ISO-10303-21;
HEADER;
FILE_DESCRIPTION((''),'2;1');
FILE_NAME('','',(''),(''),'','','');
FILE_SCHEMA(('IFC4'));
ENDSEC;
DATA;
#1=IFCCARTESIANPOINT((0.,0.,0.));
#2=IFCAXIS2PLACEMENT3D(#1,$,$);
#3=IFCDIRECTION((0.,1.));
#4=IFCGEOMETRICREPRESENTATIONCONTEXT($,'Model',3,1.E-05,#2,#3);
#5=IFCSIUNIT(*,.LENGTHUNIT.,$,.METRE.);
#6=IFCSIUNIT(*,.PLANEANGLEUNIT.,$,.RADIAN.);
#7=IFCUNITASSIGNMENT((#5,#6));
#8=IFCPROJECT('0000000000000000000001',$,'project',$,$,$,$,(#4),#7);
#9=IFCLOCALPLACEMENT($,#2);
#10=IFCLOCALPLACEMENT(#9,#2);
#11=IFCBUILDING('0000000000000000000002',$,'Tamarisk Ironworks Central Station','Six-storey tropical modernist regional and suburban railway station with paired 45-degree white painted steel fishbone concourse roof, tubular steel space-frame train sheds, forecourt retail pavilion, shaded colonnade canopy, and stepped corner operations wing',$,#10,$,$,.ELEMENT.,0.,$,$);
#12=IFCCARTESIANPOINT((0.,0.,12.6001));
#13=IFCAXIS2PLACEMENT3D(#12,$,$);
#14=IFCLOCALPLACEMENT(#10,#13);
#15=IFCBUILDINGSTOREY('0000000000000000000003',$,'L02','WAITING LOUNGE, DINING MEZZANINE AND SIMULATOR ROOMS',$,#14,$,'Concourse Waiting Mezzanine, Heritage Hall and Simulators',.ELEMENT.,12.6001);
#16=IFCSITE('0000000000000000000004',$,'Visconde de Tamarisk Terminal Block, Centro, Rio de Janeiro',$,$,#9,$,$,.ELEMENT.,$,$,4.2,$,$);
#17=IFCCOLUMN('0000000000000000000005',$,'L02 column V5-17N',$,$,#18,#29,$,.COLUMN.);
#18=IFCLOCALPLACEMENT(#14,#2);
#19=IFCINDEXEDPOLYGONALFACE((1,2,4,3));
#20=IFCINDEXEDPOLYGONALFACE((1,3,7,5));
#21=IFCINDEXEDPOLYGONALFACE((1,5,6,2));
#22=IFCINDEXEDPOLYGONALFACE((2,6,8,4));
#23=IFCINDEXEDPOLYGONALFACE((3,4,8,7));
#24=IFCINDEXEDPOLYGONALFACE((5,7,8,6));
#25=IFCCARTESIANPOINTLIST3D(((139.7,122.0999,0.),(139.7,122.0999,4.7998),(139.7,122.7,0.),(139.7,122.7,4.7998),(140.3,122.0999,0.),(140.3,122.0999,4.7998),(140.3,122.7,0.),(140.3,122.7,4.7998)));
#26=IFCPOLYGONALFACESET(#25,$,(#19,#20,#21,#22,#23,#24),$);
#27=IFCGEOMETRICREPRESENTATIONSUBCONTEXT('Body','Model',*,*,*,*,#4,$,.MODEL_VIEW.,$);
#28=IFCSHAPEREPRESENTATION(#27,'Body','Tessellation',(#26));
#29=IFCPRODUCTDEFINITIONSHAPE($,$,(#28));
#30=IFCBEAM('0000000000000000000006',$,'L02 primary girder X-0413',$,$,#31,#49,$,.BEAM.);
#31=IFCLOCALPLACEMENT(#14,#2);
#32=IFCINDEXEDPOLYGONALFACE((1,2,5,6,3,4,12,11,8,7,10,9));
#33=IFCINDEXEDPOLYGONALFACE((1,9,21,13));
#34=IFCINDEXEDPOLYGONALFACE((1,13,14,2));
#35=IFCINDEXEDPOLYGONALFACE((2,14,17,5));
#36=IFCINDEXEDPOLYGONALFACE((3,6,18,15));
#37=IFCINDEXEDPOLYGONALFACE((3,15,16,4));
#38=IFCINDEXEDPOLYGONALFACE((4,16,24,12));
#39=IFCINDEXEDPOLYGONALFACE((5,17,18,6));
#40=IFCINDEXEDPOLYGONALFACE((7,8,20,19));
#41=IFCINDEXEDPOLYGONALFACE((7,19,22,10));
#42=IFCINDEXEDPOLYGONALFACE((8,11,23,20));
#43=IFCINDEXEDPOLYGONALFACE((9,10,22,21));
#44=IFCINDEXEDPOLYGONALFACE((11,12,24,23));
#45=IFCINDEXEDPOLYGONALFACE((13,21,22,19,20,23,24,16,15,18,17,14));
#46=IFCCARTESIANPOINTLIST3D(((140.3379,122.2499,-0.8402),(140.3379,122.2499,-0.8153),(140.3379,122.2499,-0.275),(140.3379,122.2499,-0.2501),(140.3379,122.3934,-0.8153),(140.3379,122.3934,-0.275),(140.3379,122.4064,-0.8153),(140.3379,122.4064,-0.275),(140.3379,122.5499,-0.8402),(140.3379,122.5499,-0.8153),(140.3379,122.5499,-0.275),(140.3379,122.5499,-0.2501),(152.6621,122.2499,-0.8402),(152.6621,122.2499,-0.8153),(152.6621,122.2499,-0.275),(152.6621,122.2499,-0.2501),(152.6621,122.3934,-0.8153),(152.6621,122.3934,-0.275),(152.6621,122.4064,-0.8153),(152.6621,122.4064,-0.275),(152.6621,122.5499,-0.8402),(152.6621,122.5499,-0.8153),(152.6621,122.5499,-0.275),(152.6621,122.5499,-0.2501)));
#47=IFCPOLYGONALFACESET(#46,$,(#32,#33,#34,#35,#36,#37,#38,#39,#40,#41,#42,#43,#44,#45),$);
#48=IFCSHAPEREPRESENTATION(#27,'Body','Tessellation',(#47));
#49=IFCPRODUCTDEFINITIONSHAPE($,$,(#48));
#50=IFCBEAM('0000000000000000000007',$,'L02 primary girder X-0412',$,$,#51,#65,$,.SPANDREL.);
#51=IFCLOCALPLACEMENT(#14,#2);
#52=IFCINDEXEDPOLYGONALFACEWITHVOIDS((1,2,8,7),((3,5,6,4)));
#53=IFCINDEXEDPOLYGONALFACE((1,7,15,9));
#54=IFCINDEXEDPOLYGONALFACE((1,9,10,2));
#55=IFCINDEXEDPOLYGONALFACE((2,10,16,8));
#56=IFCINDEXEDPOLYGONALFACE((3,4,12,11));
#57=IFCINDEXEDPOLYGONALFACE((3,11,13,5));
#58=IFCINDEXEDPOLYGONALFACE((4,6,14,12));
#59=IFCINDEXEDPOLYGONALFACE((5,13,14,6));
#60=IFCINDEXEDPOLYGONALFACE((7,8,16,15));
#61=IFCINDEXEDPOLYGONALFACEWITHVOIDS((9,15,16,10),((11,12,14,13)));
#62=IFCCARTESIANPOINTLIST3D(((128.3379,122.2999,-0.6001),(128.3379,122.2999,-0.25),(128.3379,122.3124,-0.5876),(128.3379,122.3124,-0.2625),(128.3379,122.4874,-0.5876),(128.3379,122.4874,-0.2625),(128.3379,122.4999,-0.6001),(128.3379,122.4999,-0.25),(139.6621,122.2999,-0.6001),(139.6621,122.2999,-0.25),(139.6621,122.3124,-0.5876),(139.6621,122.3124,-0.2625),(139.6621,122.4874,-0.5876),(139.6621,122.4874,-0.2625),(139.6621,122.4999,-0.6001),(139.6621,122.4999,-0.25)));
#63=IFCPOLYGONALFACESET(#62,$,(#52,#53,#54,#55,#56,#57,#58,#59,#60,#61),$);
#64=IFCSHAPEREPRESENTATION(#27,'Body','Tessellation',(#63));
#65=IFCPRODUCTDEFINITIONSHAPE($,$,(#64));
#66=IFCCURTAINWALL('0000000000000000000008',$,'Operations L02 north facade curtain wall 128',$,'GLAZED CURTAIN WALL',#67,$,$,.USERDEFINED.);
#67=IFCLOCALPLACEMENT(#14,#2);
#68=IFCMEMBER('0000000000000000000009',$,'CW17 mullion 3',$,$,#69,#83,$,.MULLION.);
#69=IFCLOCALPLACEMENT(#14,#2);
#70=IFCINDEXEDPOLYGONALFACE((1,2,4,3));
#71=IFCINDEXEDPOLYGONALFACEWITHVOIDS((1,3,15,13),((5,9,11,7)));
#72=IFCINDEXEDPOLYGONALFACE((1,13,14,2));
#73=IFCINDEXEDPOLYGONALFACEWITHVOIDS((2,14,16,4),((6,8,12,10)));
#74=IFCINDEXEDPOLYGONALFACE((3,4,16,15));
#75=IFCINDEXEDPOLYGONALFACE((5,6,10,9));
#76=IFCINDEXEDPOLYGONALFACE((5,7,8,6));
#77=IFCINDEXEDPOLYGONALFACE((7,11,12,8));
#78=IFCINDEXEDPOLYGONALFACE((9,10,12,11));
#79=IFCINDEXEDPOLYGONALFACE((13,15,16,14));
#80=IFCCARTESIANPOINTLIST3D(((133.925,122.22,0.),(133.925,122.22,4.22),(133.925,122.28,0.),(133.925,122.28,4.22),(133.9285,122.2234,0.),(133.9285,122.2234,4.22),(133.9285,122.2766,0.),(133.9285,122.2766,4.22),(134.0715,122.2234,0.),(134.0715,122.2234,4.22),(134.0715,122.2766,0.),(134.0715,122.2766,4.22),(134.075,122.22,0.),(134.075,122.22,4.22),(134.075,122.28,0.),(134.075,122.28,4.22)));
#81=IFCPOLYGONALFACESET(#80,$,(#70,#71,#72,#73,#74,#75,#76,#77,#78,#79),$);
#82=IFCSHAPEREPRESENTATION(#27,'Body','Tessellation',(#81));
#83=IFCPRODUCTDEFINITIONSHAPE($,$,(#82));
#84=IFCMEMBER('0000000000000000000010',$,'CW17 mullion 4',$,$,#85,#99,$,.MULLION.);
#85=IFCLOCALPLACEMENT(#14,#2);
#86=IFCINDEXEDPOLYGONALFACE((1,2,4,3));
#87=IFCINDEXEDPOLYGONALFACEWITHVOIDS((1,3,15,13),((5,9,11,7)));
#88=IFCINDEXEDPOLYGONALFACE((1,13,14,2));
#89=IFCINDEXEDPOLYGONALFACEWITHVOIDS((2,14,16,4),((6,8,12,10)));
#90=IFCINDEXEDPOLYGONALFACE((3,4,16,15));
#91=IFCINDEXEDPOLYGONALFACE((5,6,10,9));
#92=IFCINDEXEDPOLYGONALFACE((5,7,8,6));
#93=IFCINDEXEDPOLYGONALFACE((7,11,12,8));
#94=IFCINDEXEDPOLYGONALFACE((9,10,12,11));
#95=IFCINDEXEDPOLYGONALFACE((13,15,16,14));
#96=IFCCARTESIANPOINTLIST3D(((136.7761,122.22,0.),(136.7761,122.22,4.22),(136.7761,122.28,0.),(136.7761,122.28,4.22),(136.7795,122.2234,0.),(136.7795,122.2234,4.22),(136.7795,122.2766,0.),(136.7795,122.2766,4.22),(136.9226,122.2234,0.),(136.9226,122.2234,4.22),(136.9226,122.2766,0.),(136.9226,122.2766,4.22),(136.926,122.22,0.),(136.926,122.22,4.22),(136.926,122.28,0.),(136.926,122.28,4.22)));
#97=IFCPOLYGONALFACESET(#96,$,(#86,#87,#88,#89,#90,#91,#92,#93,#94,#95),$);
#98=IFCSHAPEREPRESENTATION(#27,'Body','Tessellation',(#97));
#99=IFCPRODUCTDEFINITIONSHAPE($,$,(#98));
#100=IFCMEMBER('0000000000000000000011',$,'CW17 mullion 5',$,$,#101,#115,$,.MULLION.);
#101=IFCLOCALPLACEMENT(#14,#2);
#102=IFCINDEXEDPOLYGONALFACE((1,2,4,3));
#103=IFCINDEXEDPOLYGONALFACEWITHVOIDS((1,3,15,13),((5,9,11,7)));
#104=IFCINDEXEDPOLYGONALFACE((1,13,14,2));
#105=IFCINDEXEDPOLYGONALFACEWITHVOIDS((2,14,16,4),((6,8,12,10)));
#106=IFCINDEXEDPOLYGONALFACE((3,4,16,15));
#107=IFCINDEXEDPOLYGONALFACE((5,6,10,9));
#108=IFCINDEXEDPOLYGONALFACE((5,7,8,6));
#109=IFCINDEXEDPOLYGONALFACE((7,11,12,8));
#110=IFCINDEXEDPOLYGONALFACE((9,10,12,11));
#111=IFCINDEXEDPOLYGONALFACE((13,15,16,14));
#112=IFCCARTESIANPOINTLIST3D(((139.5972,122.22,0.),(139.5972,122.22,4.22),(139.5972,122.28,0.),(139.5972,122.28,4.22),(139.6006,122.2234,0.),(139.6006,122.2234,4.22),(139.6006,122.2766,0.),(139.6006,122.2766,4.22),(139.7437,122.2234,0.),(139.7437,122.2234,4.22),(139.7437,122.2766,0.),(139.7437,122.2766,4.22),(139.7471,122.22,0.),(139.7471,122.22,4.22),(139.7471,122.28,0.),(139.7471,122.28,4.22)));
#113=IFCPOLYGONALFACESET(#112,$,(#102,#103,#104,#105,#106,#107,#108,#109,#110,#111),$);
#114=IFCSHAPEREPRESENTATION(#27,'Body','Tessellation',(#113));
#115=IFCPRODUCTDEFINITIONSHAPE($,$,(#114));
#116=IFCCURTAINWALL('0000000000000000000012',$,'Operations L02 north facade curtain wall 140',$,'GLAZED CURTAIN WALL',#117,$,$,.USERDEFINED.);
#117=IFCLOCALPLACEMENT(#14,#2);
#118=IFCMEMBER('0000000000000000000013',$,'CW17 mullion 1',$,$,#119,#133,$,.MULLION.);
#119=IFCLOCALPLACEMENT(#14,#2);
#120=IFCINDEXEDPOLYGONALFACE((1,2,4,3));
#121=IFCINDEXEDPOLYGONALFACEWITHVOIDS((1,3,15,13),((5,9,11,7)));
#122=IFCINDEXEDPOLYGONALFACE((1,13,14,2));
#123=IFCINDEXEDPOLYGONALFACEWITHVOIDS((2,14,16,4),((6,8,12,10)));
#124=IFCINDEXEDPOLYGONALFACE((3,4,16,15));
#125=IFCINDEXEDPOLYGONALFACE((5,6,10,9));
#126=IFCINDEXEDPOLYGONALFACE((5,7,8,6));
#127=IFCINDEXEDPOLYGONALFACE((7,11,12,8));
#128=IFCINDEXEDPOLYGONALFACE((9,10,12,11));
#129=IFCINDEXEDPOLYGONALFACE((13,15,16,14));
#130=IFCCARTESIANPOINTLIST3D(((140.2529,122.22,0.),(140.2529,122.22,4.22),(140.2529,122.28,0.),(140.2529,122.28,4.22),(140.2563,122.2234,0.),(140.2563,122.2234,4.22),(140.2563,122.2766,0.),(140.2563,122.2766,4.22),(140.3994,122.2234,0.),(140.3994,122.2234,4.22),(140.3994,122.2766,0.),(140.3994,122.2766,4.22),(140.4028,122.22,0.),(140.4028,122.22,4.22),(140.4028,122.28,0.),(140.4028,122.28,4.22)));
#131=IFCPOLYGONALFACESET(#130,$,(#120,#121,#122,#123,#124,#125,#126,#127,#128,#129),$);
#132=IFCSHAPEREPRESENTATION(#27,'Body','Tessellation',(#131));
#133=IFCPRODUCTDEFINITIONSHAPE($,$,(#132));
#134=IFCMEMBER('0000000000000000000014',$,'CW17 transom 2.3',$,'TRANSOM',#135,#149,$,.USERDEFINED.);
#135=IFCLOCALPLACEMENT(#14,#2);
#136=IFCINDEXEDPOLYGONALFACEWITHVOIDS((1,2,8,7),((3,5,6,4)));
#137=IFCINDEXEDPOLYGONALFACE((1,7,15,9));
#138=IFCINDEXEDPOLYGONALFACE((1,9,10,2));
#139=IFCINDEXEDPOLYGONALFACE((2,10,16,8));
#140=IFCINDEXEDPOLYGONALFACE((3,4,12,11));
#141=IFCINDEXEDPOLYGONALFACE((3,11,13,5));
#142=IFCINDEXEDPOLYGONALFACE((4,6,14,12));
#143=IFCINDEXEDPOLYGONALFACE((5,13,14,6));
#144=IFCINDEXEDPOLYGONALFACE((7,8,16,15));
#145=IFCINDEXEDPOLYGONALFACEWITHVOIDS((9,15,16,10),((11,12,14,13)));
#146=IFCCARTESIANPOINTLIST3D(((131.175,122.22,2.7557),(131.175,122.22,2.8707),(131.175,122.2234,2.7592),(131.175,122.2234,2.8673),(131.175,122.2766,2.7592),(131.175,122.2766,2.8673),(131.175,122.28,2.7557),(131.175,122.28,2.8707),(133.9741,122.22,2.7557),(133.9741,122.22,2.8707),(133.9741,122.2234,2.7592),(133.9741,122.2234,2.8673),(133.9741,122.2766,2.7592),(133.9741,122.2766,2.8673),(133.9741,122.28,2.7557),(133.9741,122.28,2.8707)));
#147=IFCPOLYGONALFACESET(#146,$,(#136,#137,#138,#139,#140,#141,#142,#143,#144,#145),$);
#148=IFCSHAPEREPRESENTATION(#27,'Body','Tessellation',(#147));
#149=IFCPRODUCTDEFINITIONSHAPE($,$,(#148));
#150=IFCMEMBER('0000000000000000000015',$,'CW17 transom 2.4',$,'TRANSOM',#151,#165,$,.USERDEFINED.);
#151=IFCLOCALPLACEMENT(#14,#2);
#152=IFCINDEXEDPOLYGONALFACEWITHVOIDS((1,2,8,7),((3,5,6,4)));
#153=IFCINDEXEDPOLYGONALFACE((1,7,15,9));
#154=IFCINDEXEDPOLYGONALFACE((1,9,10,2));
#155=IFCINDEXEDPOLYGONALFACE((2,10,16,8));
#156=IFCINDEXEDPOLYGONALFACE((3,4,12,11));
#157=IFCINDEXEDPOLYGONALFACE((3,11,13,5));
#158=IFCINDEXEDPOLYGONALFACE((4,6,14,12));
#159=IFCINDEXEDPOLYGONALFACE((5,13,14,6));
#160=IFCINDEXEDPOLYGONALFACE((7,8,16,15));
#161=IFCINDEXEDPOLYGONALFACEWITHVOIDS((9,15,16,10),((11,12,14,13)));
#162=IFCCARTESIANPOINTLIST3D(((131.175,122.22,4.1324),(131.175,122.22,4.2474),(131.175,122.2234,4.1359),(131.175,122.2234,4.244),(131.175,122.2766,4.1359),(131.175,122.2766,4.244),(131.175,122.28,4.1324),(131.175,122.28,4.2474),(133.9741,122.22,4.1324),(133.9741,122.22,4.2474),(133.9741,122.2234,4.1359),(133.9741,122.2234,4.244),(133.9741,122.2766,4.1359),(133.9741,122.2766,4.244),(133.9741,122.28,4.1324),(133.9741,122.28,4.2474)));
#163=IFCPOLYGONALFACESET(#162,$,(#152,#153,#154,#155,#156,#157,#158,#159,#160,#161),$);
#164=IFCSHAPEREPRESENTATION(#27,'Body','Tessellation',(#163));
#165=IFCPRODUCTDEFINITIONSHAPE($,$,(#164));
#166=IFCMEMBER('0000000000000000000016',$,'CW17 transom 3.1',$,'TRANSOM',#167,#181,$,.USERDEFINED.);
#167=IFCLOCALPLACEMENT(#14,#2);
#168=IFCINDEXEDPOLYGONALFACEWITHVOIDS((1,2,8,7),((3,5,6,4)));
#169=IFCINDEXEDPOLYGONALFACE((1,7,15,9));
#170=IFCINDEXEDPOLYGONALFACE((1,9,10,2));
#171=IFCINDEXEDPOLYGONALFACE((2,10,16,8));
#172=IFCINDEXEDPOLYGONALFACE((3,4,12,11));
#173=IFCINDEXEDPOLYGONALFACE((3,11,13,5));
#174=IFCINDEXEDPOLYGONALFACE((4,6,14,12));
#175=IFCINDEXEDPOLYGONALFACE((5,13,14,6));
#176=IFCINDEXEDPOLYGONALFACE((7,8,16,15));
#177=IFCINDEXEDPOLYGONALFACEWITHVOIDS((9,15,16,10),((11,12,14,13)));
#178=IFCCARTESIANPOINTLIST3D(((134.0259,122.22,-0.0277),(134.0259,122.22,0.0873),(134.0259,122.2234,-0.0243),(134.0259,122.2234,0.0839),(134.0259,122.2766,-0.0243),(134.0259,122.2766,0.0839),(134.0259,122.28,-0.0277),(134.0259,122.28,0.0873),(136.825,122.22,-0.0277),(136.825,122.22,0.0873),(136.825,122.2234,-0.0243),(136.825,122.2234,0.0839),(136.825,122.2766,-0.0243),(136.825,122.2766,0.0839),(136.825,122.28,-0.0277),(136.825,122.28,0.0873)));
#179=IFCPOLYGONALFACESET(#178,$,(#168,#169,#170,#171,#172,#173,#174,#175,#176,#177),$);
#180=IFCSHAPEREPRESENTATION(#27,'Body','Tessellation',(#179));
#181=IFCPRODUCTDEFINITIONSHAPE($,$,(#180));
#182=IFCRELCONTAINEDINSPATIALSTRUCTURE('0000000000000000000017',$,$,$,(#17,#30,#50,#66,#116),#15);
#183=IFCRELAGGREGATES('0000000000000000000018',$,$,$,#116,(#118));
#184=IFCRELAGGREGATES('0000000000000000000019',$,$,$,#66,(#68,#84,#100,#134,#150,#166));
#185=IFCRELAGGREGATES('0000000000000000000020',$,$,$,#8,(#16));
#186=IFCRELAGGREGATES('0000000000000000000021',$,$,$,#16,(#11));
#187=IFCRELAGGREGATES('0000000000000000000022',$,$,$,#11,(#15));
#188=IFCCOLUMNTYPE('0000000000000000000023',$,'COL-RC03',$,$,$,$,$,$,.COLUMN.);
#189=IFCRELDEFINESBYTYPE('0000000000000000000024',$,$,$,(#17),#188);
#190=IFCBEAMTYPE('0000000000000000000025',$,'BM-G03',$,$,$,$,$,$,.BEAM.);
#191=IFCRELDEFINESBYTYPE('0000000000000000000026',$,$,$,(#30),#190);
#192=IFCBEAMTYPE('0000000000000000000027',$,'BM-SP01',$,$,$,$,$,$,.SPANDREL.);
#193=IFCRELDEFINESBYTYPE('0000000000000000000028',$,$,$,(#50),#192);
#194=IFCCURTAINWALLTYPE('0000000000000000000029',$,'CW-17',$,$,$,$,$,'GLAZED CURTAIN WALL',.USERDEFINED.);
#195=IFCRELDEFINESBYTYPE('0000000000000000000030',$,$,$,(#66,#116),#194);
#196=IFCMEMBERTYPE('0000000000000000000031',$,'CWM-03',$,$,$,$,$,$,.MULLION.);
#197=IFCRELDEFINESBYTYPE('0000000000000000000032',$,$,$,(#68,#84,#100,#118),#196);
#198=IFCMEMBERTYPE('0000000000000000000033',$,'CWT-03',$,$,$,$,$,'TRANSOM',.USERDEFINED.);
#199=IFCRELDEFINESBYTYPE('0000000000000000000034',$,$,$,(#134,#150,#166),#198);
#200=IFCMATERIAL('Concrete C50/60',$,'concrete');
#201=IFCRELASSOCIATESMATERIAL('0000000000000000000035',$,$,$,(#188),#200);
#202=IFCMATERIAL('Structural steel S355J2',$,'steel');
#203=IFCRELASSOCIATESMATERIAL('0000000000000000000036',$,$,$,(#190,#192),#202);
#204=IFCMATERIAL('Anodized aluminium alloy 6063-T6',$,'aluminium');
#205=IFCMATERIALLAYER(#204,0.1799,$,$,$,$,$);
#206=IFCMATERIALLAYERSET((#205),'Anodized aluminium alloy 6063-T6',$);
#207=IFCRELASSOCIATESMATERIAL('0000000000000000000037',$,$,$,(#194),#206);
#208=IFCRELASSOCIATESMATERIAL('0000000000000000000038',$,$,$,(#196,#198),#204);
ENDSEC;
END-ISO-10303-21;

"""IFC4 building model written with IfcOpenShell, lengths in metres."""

from ifc_helpers import new_model, si_unit, direction, frame, origin, origin_2d, place, context, subcontext, project, spatial, rectangle, hollow_rectangle, i_section, extrude, material, layer, layer_set, material_profile, profile_set, type_object, element, aggregate, save


model = new_model("IFC4")

# Units and contexts
model_context = context("Model", 3, precision=1e-05, world=origin(), true_north=direction((0.0, 1.0)))
body_context = subcontext(model_context, "Body", "Model", "MODEL_VIEW")
ifc_project = project(units=[si_unit("LENGTHUNIT", "METRE"), si_unit("PLANEANGLEUNIT", "RADIAN")], contexts=[model_context])

# Site, building, storey
site_placement = place(None, origin())
site = spatial("IfcSite", under=ifc_project, at=site_placement, Name="Visconde de Tamarisk Terminal Block, Centro, Rio de Janeiro", CompositionType="ELEMENT", RefElevation=4.2)
building_placement = place(site_placement, origin())
building = spatial("IfcBuilding", under=site, at=building_placement, Name="Tamarisk Ironworks Central Station", Description="Six-storey tropical modernist regional and suburban railway station with paired 45-degree white painted steel fishbone concourse roof, tubular steel space-frame train sheds, forecourt retail pavilion, shaded colonnade canopy, and stepped corner operations wing", CompositionType="ELEMENT", ElevationOfRefHeight=0.0)
storey_placement = place(building_placement, frame((0.0, 0.0, 12.6001)))
storey = spatial("IfcBuildingStorey", under=building, at=storey_placement, Name="L02", Description="WAITING LOUNGE, DINING MEZZANINE AND SIMULATOR ROOMS", LongName="Concourse Waiting Mezzanine, Heritage Hall and Simulators", CompositionType="ELEMENT", Elevation=12.6001)

# Column
ifc_material_1 = material(Name="Concrete C50/60", Category="concrete")
ifc_material_profile_1 = material_profile(ifc_material_1, rectangle(XDim=0.6001, YDim=0.6001, at=origin_2d()), Name="RC 600x600")
ifc_profile_set_1 = profile_set([ifc_material_profile_1], Name="Concrete C50/60")
column_type = type_object("IfcColumnType", Name="COL-RC03", PredefinedType="COLUMN", material=ifc_profile_set_1)
column_placement = place(storey_placement, frame((140.0, 122.3999, 0.0), z_axis=(0.0, 0.0, 1.0), x_axis=(1.0, 0.0, 0.0)))
element("IfcColumn", 1, at=column_placement, inside=storey, type_object=column_type, Name="L02 column V5-17N", PredefinedType="COLUMN", context=body_context, shape_type="SweptSolid", body=[
    extrude(rectangle(XDim=0.6001, YDim=0.6001, at=origin_2d()), origin(), (0.0, 0.0, 1.0), 4.7998),
])

# Beams
ifc_material_2 = material(Name="Structural steel S355J2", Category="steel")
ifc_material_profile_2 = material_profile(ifc_material_2, i_section(OverallWidth=0.3, OverallDepth=0.5901, WebThickness=0.0129, FlangeThickness=0.0249, at=origin_2d()), Name="HEA 600")
ifc_profile_set_2 = profile_set([ifc_material_profile_2], Name="Structural steel S355J2")
beam_type_1 = type_object("IfcBeamType", Name="BM-G03", PredefinedType="BEAM", material=ifc_profile_set_2)
beam_1_placement = place(storey_placement, frame((140.3379, 122.3999, -0.5452), z_axis=(1.0, 0.0, 0.0), x_axis=(0.0, 1.0, 0.0)))
element("IfcBeam", 2, at=beam_1_placement, inside=storey, type_object=beam_type_1, Name="L02 primary girder X-0413", PredefinedType="BEAM", context=body_context, shape_type="SweptSolid", body=[
    extrude(i_section(OverallWidth=0.3, OverallDepth=0.5901, WebThickness=0.0129, FlangeThickness=0.0249, at=origin_2d()), origin(), (0.0, 0.0, 1.0), 12.3242),
])
ifc_material_profile_3 = material_profile(ifc_material_2, hollow_rectangle(XDim=0.2, YDim=0.3501, WallThickness=0.0125, at=origin_2d()), Name="RHS 350x200x12.5")
ifc_profile_set_3 = profile_set([ifc_material_profile_3], Name="Structural steel S355J2")
beam_type_2 = type_object("IfcBeamType", Name="BM-SP01", PredefinedType="SPANDREL", material=ifc_profile_set_3)
beam_2_placement = place(storey_placement, frame((128.3379, 122.3999, -0.425), z_axis=(1.0, 0.0, 0.0), x_axis=(0.0, 1.0, 0.0)))
element("IfcBeam", 3, at=beam_2_placement, inside=storey, type_object=beam_type_2, Name="L02 primary girder X-0412", PredefinedType="SPANDREL", context=body_context, shape_type="SweptSolid", body=[
    extrude(hollow_rectangle(XDim=0.2, YDim=0.3501, WallThickness=0.0125, at=origin_2d()), origin(), (0.0, 0.0, 1.0), 11.3242),
])

# Curtain wall, members
ifc_material_3 = material(Name="Anodized aluminium alloy 6063-T6", Category="aluminium")
ifc_layer_1 = layer(ifc_material_3, 0.1799)
ifc_layer_set_1 = layer_set([ifc_layer_1], Name="Anodized aluminium alloy 6063-T6")
curtain_wall_type = type_object("IfcCurtainWallType", Name="CW-17", ElementType="GLAZED CURTAIN WALL", PredefinedType="USERDEFINED", material=ifc_layer_set_1)
curtain_wall_1_placement = place(storey_placement, origin())
curtain_wall_1 = element("IfcCurtainWall", 4, at=curtain_wall_1_placement, inside=storey, type_object=curtain_wall_type, Name="Operations L02 north facade curtain wall 128", ObjectType="GLAZED CURTAIN WALL", PredefinedType="USERDEFINED")
ifc_material_profile_4 = material_profile(ifc_material_3, hollow_rectangle(XDim=0.0601, YDim=0.1499, WallThickness=0.0034, at=origin_2d()), Name="ALUM 150x60")
ifc_profile_set_4 = profile_set([ifc_material_profile_4], Name="Anodized aluminium alloy 6063-T6")
member_type_1 = type_object("IfcMemberType", Name="CWM-03", PredefinedType="MULLION", material=ifc_profile_set_4)
member_1_placement = place(storey_placement, frame((134.0, 122.25, 0.0), z_axis=(0.0, 0.0, 1.0), x_axis=(0.0, 1.0, 0.0)))
member_1 = element("IfcMember", 5, at=member_1_placement, type_object=member_type_1, Name="CW17 mullion 3", PredefinedType="MULLION", context=body_context, shape_type="SweptSolid", body=[
    extrude(hollow_rectangle(XDim=0.0601, YDim=0.1499, WallThickness=0.0034, at=origin_2d()), origin(), (0.0, 0.0, 1.0), 4.22),
])
member_2_placement = place(storey_placement, frame((136.8511, 122.25, 0.0), z_axis=(0.0, 0.0, 1.0), x_axis=(0.0, 1.0, 0.0)))
member_2 = element("IfcMember", 6, at=member_2_placement, type_object=member_type_1, Name="CW17 mullion 4", PredefinedType="MULLION", context=body_context, shape_type="SweptSolid", body=[
    extrude(hollow_rectangle(XDim=0.0601, YDim=0.1499, WallThickness=0.0034, at=origin_2d()), origin(), (0.0, 0.0, 1.0), 4.22),
])
member_3_placement = place(storey_placement, frame((139.6721, 122.25, 0.0), z_axis=(0.0, 0.0, 1.0), x_axis=(0.0, 1.0, 0.0)))
member_3 = element("IfcMember", 7, at=member_3_placement, type_object=member_type_1, Name="CW17 mullion 5", PredefinedType="MULLION", context=body_context, shape_type="SweptSolid", body=[
    extrude(hollow_rectangle(XDim=0.0601, YDim=0.1499, WallThickness=0.0034, at=origin_2d()), origin(), (0.0, 0.0, 1.0), 4.22),
])

# Curtain wall, member
curtain_wall_2_placement = place(storey_placement, origin())
curtain_wall_2 = element("IfcCurtainWall", 8, at=curtain_wall_2_placement, inside=storey, type_object=curtain_wall_type, Name="Operations L02 north facade curtain wall 140", ObjectType="GLAZED CURTAIN WALL", PredefinedType="USERDEFINED")
member_4_placement = place(storey_placement, frame((140.3279, 122.25, 0.0), z_axis=(0.0, 0.0, 1.0), x_axis=(0.0, 1.0, 0.0)))
member_4 = element("IfcMember", 9, at=member_4_placement, type_object=member_type_1, Name="CW17 mullion 1", PredefinedType="MULLION", context=body_context, shape_type="SweptSolid", body=[
    extrude(hollow_rectangle(XDim=0.0601, YDim=0.1499, WallThickness=0.0034, at=origin_2d()), origin(), (0.0, 0.0, 1.0), 4.22),
])

# Members
ifc_material_profile_5 = material_profile(ifc_material_3, hollow_rectangle(XDim=0.0601, YDim=0.115, WallThickness=0.0034, at=origin_2d()), Name="ALUM 115x60")
ifc_profile_set_5 = profile_set([ifc_material_profile_5], Name="Anodized aluminium alloy 6063-T6")
member_type_2 = type_object("IfcMemberType", Name="CWT-03", ElementType="TRANSOM", PredefinedType="USERDEFINED", material=ifc_profile_set_5)
member_5_placement = place(storey_placement, frame((131.175, 122.25, 2.8132), z_axis=(1.0, 0.0, 0.0), x_axis=(0.0, 1.0, 0.0)))
member_5 = element("IfcMember", 10, at=member_5_placement, type_object=member_type_2, Name="CW17 transom 2.3", ObjectType="TRANSOM", PredefinedType="USERDEFINED", context=body_context, shape_type="SweptSolid", body=[
    extrude(hollow_rectangle(XDim=0.0601, YDim=0.115, WallThickness=0.0034, at=origin_2d()), origin(), (0.0, 0.0, 1.0), 2.7991),
])
member_6_placement = place(storey_placement, frame((131.175, 122.25, 4.1899), z_axis=(1.0, 0.0, 0.0), x_axis=(0.0, 1.0, 0.0)))
member_6 = element("IfcMember", 11, at=member_6_placement, type_object=member_type_2, Name="CW17 transom 2.4", ObjectType="TRANSOM", PredefinedType="USERDEFINED", context=body_context, shape_type="SweptSolid", body=[
    extrude(hollow_rectangle(XDim=0.0601, YDim=0.115, WallThickness=0.0034, at=origin_2d()), origin(), (0.0, 0.0, 1.0), 2.7991),
])
member_7_placement = place(storey_placement, frame((134.0259, 122.25, 0.0298), z_axis=(1.0, 0.0, 0.0), x_axis=(0.0, 1.0, 0.0)))
member_7 = element("IfcMember", 12, at=member_7_placement, type_object=member_type_2, Name="CW17 transom 3.1", ObjectType="TRANSOM", PredefinedType="USERDEFINED", context=body_context, shape_type="SweptSolid", body=[
    extrude(hollow_rectangle(XDim=0.0601, YDim=0.115, WallThickness=0.0034, at=origin_2d()), origin(), (0.0, 0.0, 1.0), 2.7991),
])
aggregate(curtain_wall_2, [member_4])

aggregate(curtain_wall_1, [member_1, member_2, member_3, member_5, member_6, member_7])

save(model, "model.ifc")
